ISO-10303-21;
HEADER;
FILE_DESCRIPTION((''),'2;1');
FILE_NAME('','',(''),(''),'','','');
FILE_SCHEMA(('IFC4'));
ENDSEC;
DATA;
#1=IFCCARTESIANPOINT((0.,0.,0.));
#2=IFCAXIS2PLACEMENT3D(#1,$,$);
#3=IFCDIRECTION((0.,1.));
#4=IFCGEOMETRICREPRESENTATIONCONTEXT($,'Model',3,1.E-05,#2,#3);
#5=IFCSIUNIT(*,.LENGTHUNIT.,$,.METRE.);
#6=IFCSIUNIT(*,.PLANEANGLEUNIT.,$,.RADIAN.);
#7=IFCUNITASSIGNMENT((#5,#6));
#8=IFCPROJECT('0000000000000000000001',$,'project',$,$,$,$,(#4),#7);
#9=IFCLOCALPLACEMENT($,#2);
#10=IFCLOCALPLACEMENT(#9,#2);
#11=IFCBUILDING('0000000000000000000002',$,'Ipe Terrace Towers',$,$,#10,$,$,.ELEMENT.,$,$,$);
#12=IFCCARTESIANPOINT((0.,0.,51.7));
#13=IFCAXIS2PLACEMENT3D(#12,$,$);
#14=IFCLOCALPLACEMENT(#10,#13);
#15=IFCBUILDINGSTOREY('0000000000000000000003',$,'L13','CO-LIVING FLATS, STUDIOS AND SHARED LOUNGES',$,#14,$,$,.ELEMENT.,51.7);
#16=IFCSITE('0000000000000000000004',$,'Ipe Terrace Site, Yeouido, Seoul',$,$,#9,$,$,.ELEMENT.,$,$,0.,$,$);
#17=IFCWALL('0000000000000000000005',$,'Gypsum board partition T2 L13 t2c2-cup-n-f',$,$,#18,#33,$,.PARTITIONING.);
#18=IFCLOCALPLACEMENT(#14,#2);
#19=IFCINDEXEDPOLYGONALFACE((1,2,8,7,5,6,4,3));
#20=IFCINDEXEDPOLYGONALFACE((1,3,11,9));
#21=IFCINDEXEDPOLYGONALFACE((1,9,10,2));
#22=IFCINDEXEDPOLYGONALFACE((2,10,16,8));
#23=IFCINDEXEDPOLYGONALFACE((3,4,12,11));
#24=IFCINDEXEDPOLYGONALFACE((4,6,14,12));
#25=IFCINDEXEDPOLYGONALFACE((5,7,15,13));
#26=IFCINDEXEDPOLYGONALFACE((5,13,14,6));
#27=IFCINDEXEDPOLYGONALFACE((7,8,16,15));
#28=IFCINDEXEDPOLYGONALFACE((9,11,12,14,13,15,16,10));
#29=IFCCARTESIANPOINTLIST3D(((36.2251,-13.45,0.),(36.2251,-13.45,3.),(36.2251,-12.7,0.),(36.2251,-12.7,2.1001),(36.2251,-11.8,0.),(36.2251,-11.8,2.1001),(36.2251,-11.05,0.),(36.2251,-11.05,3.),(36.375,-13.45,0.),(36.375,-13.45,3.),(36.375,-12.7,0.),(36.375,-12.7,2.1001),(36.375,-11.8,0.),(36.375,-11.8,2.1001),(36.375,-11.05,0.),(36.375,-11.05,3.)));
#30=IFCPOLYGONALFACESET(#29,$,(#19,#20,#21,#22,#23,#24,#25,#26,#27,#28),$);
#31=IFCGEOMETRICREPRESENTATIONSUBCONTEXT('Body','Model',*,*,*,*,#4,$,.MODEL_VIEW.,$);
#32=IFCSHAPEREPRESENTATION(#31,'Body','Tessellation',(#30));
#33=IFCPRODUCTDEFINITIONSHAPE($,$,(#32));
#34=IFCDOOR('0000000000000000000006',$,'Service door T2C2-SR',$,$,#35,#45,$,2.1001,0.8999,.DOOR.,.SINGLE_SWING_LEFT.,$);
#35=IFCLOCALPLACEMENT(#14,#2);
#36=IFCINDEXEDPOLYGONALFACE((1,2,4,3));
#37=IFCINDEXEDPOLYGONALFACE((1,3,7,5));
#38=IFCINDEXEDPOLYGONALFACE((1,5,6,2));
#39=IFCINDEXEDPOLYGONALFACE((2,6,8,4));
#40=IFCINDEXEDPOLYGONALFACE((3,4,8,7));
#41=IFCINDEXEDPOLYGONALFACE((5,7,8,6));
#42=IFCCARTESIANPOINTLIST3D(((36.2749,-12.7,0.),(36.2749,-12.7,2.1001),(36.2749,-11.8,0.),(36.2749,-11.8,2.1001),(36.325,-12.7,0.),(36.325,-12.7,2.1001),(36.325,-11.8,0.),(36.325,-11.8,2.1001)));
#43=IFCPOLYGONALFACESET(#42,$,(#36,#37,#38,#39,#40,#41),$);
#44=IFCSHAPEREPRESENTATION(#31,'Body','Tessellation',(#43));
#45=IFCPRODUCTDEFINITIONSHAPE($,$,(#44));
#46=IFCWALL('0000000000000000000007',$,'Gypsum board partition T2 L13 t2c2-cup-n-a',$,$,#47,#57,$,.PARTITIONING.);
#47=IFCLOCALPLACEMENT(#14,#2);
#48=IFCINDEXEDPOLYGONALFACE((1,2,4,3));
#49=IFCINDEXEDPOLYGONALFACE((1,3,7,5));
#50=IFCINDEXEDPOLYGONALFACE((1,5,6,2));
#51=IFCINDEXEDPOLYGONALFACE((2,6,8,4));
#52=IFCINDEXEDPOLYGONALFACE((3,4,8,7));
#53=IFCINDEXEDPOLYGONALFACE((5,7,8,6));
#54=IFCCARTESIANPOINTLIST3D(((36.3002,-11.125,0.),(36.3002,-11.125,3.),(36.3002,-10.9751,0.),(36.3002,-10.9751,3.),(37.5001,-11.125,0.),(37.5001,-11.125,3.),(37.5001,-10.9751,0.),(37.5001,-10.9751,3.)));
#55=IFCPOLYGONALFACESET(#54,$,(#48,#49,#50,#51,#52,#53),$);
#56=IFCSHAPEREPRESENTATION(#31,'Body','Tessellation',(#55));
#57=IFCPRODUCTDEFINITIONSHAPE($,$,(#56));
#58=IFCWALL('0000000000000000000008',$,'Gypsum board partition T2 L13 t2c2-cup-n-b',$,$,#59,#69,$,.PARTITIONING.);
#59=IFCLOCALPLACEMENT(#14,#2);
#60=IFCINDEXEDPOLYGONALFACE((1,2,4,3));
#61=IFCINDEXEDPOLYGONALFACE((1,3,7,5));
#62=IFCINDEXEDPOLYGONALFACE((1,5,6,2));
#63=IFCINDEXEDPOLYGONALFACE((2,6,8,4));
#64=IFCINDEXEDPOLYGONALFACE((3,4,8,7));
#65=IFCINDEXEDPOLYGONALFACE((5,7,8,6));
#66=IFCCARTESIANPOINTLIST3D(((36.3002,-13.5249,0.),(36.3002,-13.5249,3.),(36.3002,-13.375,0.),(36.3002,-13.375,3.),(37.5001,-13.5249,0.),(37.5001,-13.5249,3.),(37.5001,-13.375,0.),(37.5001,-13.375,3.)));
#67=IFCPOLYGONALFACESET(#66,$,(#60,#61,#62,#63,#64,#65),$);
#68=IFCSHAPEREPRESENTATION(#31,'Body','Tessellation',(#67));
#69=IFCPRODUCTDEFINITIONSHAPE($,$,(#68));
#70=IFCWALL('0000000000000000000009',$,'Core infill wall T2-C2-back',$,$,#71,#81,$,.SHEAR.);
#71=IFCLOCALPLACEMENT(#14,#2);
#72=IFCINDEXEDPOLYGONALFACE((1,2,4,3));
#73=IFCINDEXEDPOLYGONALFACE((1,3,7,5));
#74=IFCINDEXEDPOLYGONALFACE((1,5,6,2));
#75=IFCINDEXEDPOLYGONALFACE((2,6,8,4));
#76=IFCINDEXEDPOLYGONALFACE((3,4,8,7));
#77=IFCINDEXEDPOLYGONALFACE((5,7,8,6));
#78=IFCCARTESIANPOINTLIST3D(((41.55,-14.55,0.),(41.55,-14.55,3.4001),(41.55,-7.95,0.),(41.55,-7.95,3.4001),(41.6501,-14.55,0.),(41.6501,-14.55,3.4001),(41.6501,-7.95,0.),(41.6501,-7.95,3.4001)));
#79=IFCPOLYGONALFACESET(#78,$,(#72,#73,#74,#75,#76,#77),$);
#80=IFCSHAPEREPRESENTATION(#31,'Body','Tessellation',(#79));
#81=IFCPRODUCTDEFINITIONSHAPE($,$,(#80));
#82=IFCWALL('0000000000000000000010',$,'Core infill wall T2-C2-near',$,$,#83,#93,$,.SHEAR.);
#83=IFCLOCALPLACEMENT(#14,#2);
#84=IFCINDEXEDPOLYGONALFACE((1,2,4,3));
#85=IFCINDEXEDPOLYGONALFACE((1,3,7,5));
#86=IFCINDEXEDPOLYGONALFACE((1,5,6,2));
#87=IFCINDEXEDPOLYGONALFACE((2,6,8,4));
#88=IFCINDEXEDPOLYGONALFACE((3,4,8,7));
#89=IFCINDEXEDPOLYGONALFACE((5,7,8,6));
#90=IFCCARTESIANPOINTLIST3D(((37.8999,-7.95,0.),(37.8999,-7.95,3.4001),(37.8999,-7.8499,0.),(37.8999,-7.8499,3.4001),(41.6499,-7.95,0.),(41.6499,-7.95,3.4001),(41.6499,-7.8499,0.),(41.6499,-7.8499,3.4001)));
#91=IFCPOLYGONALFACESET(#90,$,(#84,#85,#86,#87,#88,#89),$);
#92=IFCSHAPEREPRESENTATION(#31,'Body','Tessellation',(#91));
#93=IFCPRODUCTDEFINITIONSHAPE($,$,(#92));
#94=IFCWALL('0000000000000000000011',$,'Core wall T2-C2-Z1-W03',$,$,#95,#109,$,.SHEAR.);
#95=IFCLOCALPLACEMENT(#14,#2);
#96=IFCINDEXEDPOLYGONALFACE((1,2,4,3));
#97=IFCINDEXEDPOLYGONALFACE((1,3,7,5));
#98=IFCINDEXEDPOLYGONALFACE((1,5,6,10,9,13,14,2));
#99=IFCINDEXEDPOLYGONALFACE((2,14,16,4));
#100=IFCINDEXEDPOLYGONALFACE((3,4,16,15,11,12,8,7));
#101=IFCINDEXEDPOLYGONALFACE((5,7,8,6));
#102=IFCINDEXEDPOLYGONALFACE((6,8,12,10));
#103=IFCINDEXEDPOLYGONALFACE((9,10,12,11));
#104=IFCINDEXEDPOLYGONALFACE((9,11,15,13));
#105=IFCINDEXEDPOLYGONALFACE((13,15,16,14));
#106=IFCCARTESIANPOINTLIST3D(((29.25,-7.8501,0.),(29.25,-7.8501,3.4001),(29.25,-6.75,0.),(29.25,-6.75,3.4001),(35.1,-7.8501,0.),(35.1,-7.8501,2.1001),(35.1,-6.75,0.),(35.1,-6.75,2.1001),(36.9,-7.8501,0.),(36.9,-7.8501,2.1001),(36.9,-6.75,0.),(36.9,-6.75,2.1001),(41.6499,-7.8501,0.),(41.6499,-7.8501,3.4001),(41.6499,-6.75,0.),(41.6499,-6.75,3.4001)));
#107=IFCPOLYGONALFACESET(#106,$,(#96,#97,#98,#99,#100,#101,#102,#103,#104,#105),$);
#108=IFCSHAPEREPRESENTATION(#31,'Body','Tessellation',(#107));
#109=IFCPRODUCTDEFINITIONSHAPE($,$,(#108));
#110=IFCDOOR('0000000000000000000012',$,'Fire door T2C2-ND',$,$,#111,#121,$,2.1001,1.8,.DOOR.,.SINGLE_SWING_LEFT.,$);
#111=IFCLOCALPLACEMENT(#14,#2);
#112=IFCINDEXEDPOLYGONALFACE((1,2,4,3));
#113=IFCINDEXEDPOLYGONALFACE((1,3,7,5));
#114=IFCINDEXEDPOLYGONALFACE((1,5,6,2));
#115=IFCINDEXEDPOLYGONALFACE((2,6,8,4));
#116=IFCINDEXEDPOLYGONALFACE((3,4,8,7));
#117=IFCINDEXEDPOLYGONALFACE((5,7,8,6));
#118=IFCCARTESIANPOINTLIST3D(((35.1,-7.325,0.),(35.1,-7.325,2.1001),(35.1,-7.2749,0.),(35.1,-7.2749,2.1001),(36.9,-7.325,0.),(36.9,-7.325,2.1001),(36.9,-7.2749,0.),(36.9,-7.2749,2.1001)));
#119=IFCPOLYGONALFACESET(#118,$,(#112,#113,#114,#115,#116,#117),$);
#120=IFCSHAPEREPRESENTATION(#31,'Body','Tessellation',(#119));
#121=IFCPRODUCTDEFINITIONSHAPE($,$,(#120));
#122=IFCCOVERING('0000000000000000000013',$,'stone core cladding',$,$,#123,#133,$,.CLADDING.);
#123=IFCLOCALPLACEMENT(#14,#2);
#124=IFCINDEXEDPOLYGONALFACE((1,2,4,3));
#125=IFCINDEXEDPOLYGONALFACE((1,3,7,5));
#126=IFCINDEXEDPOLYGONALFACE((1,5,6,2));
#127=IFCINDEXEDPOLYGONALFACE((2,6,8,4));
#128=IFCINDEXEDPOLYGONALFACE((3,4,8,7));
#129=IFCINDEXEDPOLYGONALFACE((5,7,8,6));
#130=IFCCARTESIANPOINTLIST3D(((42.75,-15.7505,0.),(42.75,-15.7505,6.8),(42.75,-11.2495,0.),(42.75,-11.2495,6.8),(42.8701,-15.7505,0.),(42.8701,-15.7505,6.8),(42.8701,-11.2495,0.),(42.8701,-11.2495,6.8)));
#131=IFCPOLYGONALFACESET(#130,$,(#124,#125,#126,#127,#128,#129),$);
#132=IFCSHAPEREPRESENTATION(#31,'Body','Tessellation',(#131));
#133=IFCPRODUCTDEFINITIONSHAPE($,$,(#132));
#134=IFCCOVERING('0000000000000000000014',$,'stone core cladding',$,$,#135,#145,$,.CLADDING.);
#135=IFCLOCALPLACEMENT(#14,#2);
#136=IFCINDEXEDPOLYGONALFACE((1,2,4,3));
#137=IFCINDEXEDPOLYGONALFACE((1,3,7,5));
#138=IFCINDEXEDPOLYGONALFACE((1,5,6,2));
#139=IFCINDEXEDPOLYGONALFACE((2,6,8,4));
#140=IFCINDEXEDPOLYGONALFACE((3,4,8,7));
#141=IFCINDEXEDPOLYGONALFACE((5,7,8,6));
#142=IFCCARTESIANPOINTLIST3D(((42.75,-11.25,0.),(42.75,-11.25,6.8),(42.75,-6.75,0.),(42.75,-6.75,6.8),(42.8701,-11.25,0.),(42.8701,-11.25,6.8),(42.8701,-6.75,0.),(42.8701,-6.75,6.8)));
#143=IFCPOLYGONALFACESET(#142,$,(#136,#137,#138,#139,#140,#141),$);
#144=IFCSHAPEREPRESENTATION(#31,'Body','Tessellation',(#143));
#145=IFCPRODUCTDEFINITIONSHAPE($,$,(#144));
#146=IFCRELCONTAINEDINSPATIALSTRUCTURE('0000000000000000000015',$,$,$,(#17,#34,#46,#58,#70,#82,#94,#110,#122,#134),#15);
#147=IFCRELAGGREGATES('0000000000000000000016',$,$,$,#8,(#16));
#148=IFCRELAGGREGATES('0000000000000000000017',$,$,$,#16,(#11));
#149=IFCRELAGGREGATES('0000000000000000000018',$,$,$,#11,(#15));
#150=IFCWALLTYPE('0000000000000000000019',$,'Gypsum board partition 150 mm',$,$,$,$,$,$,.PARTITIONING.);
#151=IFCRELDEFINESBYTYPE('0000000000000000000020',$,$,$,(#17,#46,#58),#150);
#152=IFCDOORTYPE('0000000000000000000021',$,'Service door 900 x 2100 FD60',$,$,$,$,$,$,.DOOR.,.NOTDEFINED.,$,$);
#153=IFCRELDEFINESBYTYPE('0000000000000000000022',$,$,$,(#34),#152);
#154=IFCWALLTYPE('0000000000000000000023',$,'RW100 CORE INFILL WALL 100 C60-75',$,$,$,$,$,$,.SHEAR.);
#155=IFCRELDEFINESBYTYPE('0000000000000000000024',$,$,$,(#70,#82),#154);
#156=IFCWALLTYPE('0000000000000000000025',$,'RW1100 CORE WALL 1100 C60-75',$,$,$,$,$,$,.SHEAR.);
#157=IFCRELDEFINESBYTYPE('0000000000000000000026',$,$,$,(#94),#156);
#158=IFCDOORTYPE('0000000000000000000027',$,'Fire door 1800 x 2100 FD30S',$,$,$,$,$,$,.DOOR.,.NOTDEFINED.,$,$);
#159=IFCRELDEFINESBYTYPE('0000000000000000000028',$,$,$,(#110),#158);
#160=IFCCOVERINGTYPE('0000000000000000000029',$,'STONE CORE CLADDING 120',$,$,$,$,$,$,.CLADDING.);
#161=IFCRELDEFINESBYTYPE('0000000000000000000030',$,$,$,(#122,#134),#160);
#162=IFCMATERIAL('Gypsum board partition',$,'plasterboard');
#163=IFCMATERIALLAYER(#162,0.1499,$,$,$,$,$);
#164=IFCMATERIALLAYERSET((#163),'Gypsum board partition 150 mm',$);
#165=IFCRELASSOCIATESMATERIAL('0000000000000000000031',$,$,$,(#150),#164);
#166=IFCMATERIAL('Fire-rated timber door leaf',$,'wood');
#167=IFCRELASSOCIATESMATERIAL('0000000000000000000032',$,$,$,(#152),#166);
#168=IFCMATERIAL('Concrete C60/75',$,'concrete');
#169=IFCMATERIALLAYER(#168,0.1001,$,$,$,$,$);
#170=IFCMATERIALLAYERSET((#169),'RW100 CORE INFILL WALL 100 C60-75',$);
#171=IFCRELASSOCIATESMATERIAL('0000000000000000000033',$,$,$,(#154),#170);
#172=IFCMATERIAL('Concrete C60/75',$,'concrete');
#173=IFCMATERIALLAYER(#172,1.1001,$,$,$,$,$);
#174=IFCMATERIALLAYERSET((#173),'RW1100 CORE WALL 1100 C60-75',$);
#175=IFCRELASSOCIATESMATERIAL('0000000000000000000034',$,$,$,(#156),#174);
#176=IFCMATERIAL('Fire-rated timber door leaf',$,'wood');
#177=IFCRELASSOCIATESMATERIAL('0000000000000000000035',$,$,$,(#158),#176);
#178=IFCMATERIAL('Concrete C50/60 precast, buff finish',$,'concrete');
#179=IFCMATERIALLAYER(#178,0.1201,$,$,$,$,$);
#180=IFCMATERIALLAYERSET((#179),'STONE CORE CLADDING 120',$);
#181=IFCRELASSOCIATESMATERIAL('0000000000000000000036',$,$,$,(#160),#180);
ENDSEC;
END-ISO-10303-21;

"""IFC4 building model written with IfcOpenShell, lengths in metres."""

from ifc_helpers import new_model, si_unit, direction, frame, frame_2d, origin, origin_2d, place, context, subcontext, project, spatial, rectangle, extrude, material, layer, layer_set, type_object, element, fill, save


model = new_model("IFC4")

# Units and contexts
model_context = context("Model", 3, precision=1e-05, world=origin(), true_north=direction((0.0, 1.0)))
body_context = subcontext(model_context, "Body", "Model", "MODEL_VIEW")
ifc_project = project(units=[si_unit("LENGTHUNIT", "METRE"), si_unit("PLANEANGLEUNIT", "RADIAN")], contexts=[model_context])

# Site, building, storey
site_placement = place(None, origin())
site = spatial("IfcSite", under=ifc_project, at=site_placement, Name="Ipe Terrace Site, Yeouido, Seoul", CompositionType="ELEMENT", RefElevation=0.0)
building_placement = place(site_placement, origin())
building = spatial("IfcBuilding", under=site, at=building_placement, Name="Ipe Terrace Towers", CompositionType="ELEMENT")
storey_placement = place(building_placement, frame((0.0, 0.0, 51.7)))
storey = spatial("IfcBuildingStorey", under=building, at=storey_placement, Name="L13", Description="CO-LIVING FLATS, STUDIOS AND SHARED LOUNGES", CompositionType="ELEMENT", Elevation=51.7)

# Wall, opening, door
ifc_material_1 = material(Name="Gypsum board partition", Category="plasterboard")
ifc_layer_1 = layer(ifc_material_1, 0.1499)
ifc_layer_set_1 = layer_set([ifc_layer_1], Name="Gypsum board partition 150 mm")
wall_type_1 = type_object("IfcWallType", Name="Gypsum board partition 150 mm", PredefinedType="PARTITIONING", material=ifc_layer_set_1)
wall_1_placement = place(storey_placement, frame((36.3, -11.05, 0.0), z_axis=(0.0, 0.0, 1.0), x_axis=(0.0, -1.0, 0.0)))
wall_1 = element("IfcWall", 1, at=wall_1_placement, inside=storey, type_object=wall_type_1, Name="Gypsum board partition T2 L13 t2c2-cup-n-f", PredefinedType="PARTITIONING", context=body_context, shape_type="SweptSolid", body=[
    extrude(rectangle(XDim=2.3999, YDim=0.1499, at=frame_2d((1.2, 0.0))), origin(), (0.0, 0.0, 1.0), 3.0),
])
opening_1_placement = place(wall_1_placement, frame((0.75, 0.0, 0.0)))
opening_1 = element("IfcOpeningElement", 2, at=opening_1_placement, cuts=wall_1, PredefinedType="OPENING", context=body_context, shape_type="SweptSolid", body=[
    extrude(rectangle(XDim=0.8999, YDim=2.1001, at=frame_2d((0.45, 1.05))), frame((0.0, 0.085, 0.0), z_axis=(0.0, -1.0, 0.0), x_axis=(1.0, 0.0, 0.0)), (0.0, 0.0, 1.0), 0.1699),
])
ifc_material_2 = material(Name="Fire-rated timber door leaf", Category="wood")
door_type_1 = type_object("IfcDoorType", Name="Service door 900 x 2100 FD60", OperationType="NOTDEFINED", PredefinedType="DOOR", material=ifc_material_2)
door_1_placement = place(opening_1_placement, origin())
door_1 = element("IfcDoor", 3, at=door_1_placement, inside=storey, type_object=door_type_1, Name="Service door T2C2-SR", OperationType="SINGLE_SWING_LEFT", OverallHeight=2.1001, OverallWidth=0.8999, PredefinedType="DOOR", context=body_context, shape_type="SweptSolid", body=[
    extrude(rectangle(XDim=0.8999, YDim=2.1001, at=frame_2d((0.45, 1.05))), frame((0.0, 0.0249, 0.0), z_axis=(0.0, -1.0, 0.0), x_axis=(1.0, 0.0, 0.0)), (0.0, 0.0, 1.0), 0.05),
])
fill(opening_1, door_1)

# Walls
for number, where, z_axis, x_axis, name in (
    (4, (36.3, -11.05, 0.0), (0.0, 0.0, 1.0), (1.0, 0.0, 0.0), "Gypsum board partition T2 L13 t2c2-cup-n-a"),
    (5, (36.3, -13.45, 0.0), (0.0, 0.0, 1.0), (1.0, 0.0, 0.0), "Gypsum board partition T2 L13 t2c2-cup-n-b"),
):
    element("IfcWall", number, at=place(storey_placement, frame(where, z_axis=z_axis, x_axis=x_axis)), inside=storey, type_object=wall_type_1, Name=name, PredefinedType="PARTITIONING", context=body_context, shape_type="SweptSolid", body=[
        extrude(rectangle(XDim=1.2, YDim=0.1499, at=frame_2d((0.6001, 0.0))), origin(), (0.0, 0.0, 1.0), 3.0),
    ])
ifc_material_3 = material(Name="Concrete C60/75", Category="concrete")
ifc_layer_2 = layer(ifc_material_3, 0.1001)
ifc_layer_set_2 = layer_set([ifc_layer_2], Name="RW100 CORE INFILL WALL 100 C60-75")
wall_type_2 = type_object("IfcWallType", Name="RW100 CORE INFILL WALL 100 C60-75", PredefinedType="SHEAR", material=ifc_layer_set_2)
wall_2_placement = place(storey_placement, frame((41.6001, -7.95, 0.0), z_axis=(0.0, 0.0, 1.0), x_axis=(0.0, -1.0, 0.0)))
element("IfcWall", 6, at=wall_2_placement, inside=storey, type_object=wall_type_2, Name="Core infill wall T2-C2-back", PredefinedType="SHEAR", context=body_context, shape_type="SweptSolid", body=[
    extrude(rectangle(XDim=6.6001, YDim=0.1001, at=frame_2d((3.3, 0.0))), origin(), (0.0, 0.0, 1.0), 3.4001),
])
wall_3_placement = place(storey_placement, frame((37.8999, -7.8999, 0.0), z_axis=(0.0, 0.0, 1.0), x_axis=(1.0, 0.0, 0.0)))
element("IfcWall", 7, at=wall_3_placement, inside=storey, type_object=wall_type_2, Name="Core infill wall T2-C2-near", PredefinedType="SHEAR", context=body_context, shape_type="SweptSolid", body=[
    extrude(rectangle(XDim=3.75, YDim=0.1001, at=frame_2d((1.875, 0.0))), origin(), (0.0, 0.0, 1.0), 3.4001),
])

# Wall, opening, door
ifc_material_4 = material(Name="Concrete C60/75", Category="concrete")
ifc_layer_3 = layer(ifc_material_4, 1.1001)
ifc_layer_set_3 = layer_set([ifc_layer_3], Name="RW1100 CORE WALL 1100 C60-75")
wall_type_3 = type_object("IfcWallType", Name="RW1100 CORE WALL 1100 C60-75", PredefinedType="SHEAR", material=ifc_layer_set_3)
wall_4_placement = place(storey_placement, frame((41.6499, -7.3, 0.0), z_axis=(0.0, 0.0, 1.0), x_axis=(-1.0, 0.0, 0.0)))
wall_4 = element("IfcWall", 8, at=wall_4_placement, inside=storey, type_object=wall_type_3, Name="Core wall T2-C2-Z1-W03", PredefinedType="SHEAR", context=body_context, shape_type="SweptSolid", body=[
    extrude(rectangle(XDim=12.3999, YDim=1.1001, at=frame_2d((6.2, 0.0))), origin(), (0.0, 0.0, 1.0), 3.4001),
])
opening_2_placement = place(wall_4_placement, frame((4.75, 0.0, 0.0)))
opening_2 = element("IfcOpeningElement", 9, at=opening_2_placement, cuts=wall_4, PredefinedType="OPENING", context=body_context, shape_type="SweptSolid", body=[
    extrude(rectangle(XDim=1.8, YDim=2.1001, at=frame_2d((0.8999, 1.05))), frame((0.0, 0.5601, 0.0), z_axis=(0.0, -1.0, 0.0), x_axis=(1.0, 0.0, 0.0)), (0.0, 0.0, 1.0), 1.1201),
])
ifc_material_5 = material(Name="Fire-rated timber door leaf", Category="wood")
door_type_2 = type_object("IfcDoorType", Name="Fire door 1800 x 2100 FD30S", OperationType="NOTDEFINED", PredefinedType="DOOR", material=ifc_material_5)
door_2_placement = place(opening_2_placement, origin())
door_2 = element("IfcDoor", 10, at=door_2_placement, inside=storey, type_object=door_type_2, Name="Fire door T2C2-ND", OperationType="SINGLE_SWING_LEFT", OverallHeight=2.1001, OverallWidth=1.8, PredefinedType="DOOR", context=body_context, shape_type="SweptSolid", body=[
    extrude(rectangle(XDim=1.8, YDim=2.1001, at=frame_2d((0.8999, 1.05))), frame((0.0, 0.0249, 0.0), z_axis=(0.0, -1.0, 0.0), x_axis=(1.0, 0.0, 0.0)), (0.0, 0.0, 1.0), 0.05),
])
fill(opening_2, door_2)

# Coverings
ifc_material_6 = material(Name="Concrete C50/60 precast, buff finish", Category="concrete")
ifc_layer_4 = layer(ifc_material_6, 0.1201)
ifc_layer_set_4 = layer_set([ifc_layer_4], Name="STONE CORE CLADDING 120")
covering_type = type_object("IfcCoveringType", Name="STONE CORE CLADDING 120", PredefinedType="CLADDING", material=ifc_layer_set_4)
covering_1_placement = place(storey_placement, frame((42.8101, -13.5, 0.0), z_axis=(0.0, 0.0, 1.0), x_axis=(0.0, 1.0, 0.0)))
element("IfcCovering", 11, at=covering_1_placement, inside=storey, type_object=covering_type, Name="stone core cladding", PredefinedType="CLADDING", context=body_context, shape_type="SweptSolid", body=[
    extrude(rectangle(XDim=4.501, YDim=0.1201, at=origin_2d()), origin(), (0.0, 0.0, 1.0), 6.8),
])
covering_2_placement = place(storey_placement, frame((42.8101, -9.0, 0.0), z_axis=(0.0, 0.0, 1.0), x_axis=(0.0, 1.0, 0.0)))
element("IfcCovering", 12, at=covering_2_placement, inside=storey, type_object=covering_type, Name="stone core cladding", PredefinedType="CLADDING", context=body_context, shape_type="SweptSolid", body=[
    extrude(rectangle(XDim=4.5, YDim=0.1201, at=origin_2d()), origin(), (0.0, 0.0, 1.0), 6.8),
])

save(model, "model.ifc")
